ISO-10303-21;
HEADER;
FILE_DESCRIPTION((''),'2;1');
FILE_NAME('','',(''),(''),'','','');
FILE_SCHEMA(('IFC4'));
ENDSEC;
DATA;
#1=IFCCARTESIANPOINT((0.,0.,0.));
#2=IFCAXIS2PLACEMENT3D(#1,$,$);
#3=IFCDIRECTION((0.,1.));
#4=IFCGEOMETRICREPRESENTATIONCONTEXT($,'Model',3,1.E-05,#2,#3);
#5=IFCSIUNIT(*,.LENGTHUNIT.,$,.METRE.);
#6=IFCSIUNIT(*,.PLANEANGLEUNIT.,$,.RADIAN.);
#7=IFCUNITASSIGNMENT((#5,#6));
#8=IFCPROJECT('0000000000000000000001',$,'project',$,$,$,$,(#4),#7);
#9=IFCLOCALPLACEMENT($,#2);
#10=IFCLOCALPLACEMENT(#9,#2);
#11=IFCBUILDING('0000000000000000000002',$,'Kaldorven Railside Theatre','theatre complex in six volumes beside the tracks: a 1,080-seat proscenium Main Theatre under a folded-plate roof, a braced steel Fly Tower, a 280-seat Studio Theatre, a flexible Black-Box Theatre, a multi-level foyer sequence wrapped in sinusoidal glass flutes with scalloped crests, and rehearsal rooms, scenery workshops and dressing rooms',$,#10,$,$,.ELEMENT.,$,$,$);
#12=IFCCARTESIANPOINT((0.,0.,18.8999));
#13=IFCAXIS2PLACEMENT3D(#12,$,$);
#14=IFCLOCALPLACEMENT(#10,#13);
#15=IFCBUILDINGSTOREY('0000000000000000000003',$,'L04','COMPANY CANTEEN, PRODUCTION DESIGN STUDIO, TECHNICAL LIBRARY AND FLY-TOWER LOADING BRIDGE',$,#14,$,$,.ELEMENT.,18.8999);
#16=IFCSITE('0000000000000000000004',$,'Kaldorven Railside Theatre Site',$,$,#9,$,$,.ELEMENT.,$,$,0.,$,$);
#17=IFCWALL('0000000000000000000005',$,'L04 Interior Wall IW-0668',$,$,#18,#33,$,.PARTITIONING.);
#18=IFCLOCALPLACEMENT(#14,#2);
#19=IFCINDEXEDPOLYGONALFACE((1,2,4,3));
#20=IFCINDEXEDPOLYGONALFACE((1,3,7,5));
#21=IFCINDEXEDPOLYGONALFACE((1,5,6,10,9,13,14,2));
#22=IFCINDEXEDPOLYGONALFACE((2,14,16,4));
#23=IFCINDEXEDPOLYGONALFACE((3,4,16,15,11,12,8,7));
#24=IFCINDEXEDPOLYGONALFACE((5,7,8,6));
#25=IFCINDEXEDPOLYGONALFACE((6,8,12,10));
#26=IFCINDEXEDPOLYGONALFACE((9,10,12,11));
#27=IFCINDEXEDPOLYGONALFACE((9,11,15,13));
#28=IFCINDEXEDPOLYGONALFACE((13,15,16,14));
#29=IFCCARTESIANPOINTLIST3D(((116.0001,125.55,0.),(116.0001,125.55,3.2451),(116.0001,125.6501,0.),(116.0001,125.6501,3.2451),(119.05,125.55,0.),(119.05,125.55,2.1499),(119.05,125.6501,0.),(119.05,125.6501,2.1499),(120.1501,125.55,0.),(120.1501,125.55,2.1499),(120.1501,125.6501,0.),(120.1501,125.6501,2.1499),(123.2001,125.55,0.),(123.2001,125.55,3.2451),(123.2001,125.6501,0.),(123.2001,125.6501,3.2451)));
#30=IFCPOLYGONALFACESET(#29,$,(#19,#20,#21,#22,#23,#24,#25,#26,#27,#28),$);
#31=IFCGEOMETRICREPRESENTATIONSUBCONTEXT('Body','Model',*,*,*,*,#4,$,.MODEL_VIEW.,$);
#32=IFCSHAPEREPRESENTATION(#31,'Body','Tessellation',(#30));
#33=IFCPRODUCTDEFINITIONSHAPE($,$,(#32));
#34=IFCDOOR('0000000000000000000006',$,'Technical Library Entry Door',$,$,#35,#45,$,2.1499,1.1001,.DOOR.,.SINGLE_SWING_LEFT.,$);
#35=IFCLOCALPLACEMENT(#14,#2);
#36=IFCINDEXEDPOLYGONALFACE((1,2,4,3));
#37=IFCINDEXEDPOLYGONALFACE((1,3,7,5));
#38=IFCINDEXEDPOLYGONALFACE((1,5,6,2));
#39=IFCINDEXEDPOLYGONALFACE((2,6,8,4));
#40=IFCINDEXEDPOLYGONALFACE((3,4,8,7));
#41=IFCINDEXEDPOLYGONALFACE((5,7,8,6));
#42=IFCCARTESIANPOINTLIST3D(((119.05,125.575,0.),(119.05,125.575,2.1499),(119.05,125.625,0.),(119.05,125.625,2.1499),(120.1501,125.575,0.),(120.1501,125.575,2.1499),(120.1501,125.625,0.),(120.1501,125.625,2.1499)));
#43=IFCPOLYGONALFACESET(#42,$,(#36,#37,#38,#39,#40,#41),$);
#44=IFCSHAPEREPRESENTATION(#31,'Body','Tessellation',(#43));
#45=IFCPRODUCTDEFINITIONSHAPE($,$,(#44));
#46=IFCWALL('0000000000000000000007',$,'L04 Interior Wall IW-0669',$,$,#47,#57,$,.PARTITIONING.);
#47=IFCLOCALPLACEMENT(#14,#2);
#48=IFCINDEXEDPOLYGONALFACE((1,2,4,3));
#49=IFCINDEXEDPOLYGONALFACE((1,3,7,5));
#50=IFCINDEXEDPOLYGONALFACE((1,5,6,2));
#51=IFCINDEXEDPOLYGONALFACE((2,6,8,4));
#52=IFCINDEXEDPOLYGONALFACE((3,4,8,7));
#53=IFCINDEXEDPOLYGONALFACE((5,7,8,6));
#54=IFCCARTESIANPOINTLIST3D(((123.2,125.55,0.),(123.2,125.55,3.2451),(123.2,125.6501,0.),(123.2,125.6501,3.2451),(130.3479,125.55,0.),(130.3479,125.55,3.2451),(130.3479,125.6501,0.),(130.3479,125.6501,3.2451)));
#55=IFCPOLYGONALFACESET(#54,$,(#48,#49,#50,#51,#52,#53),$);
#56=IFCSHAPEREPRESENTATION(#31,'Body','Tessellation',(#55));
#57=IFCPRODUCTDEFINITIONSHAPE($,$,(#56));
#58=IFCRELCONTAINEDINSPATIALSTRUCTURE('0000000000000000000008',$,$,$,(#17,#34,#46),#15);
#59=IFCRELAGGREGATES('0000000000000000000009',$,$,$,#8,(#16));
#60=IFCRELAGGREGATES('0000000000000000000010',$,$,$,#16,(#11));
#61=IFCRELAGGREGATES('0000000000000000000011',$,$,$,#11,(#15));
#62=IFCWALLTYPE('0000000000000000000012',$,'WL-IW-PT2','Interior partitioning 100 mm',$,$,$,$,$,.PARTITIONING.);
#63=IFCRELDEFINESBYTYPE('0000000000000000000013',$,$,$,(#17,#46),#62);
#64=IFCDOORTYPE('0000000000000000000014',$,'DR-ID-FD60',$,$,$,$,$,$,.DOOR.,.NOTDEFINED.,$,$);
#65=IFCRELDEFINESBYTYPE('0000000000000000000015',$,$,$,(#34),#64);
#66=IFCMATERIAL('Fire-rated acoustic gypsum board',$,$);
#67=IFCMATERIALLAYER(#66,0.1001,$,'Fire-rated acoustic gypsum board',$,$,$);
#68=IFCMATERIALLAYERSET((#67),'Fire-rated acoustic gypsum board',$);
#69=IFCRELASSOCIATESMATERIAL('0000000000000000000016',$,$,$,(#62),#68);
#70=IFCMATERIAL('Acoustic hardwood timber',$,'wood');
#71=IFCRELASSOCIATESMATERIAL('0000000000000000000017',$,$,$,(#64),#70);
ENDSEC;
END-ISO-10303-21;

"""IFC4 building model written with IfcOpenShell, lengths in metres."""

from ifc_helpers import new_model, si_unit, direction, frame, frame_2d, origin, place, context, subcontext, project, spatial, rectangle, extrude, material, layer, layer_set, type_object, element, fill, save


model = new_model("IFC4")

# Units and contexts
model_context = context("Model", 3, precision=1e-05, world=origin(), true_north=direction((0.0, 1.0)))
body_context = subcontext(model_context, "Body", "Model", "MODEL_VIEW")
ifc_project = project(units=[si_unit("LENGTHUNIT", "METRE"), si_unit("PLANEANGLEUNIT", "RADIAN")], contexts=[model_context])

# Site, building, storey
site_placement = place(None, origin())
site = spatial("IfcSite", under=ifc_project, at=site_placement, Name="Kaldorven Railside Theatre Site", CompositionType="ELEMENT", RefElevation=0.0)
building_placement = place(site_placement, origin())
building = spatial("IfcBuilding", under=site, at=building_placement, Name="Kaldorven Railside Theatre", Description="theatre complex in six volumes beside the tracks: a 1,080-seat proscenium Main Theatre under a folded-plate roof, a braced steel Fly Tower, a 280-seat Studio Theatre, a flexible Black-Box Theatre, a multi-level foyer sequence wrapped in sinusoidal glass flutes with scalloped crests, and rehearsal rooms, scenery workshops and dressing rooms", CompositionType="ELEMENT")
storey_placement = place(building_placement, frame((0.0, 0.0, 18.8999)))
storey = spatial("IfcBuildingStorey", under=building, at=storey_placement, Name="L04", Description="COMPANY CANTEEN, PRODUCTION DESIGN STUDIO, TECHNICAL LIBRARY AND FLY-TOWER LOADING BRIDGE", CompositionType="ELEMENT", Elevation=18.8999)

# Shared definitions
ifc_material_1 = material(Name="Fire-rated acoustic gypsum board")
ifc_layer_1 = layer(ifc_material_1, 0.1001, Name="Fire-rated acoustic gypsum board")
ifc_layer_set_1 = layer_set([ifc_layer_1], Name="Fire-rated acoustic gypsum board")
wall_type_1 = type_object("IfcWallType", Name="WL-IW-PT2", Description="Interior partitioning 100 mm", PredefinedType="PARTITIONING", material=ifc_layer_set_1)

# Wall, opening, door
wall_1_placement = place(storey_placement, frame((116.0, 125.6001, 0.0), z_axis=(0.0, 0.0, 1.0), x_axis=(1.0, 0.0, 0.0)))
wall_1 = element("IfcWall", 1, at=wall_1_placement, inside=storey, type_object=wall_type_1, Name="L04 Interior Wall IW-0668", PredefinedType="PARTITIONING", context=body_context, shape_type="SweptSolid", body=[
    extrude(rectangle(XDim=7.2, YDim=0.1001, at=frame_2d((3.6001, 0.0))), origin(), (0.0, 0.0, 1.0), 3.2451),
])
opening_1_placement = place(wall_1_placement, frame((3.05, 0.0, 0.0)))
opening_1 = element("IfcOpeningElement", 2, at=opening_1_placement, cuts=wall_1, PredefinedType="OPENING", context=body_context, shape_type="SweptSolid", body=[
    extrude(rectangle(XDim=1.1001, YDim=2.1499, at=frame_2d((0.55, 1.075))), frame((0.0, 0.0601, 0.0), z_axis=(0.0, -1.0, 0.0), x_axis=(1.0, 0.0, 0.0)), (0.0, 0.0, 1.0), 0.1201),
])
ifc_material_2 = material(Name="Acoustic hardwood timber", Category="wood")
door_type = type_object("IfcDoorType", Name="DR-ID-FD60", OperationType="NOTDEFINED", PredefinedType="DOOR", material=ifc_material_2)
door_placement = place(opening_1_placement, origin())
door = element("IfcDoor", 3, at=door_placement, inside=storey, type_object=door_type, Name="Technical Library Entry Door", OperationType="SINGLE_SWING_LEFT", OverallHeight=2.1499, OverallWidth=1.1001, PredefinedType="DOOR", context=body_context, shape_type="SweptSolid", body=[
    extrude(rectangle(XDim=1.1001, YDim=2.1499, at=frame_2d((0.55, 1.075))), frame((0.0, 0.0249, 0.0), z_axis=(0.0, -1.0, 0.0), x_axis=(1.0, 0.0, 0.0)), (0.0, 0.0, 1.0), 0.05),
])
fill(opening_1, door)

# Wall
wall_2_placement = place(storey_placement, frame((123.2, 125.6001, 0.0), z_axis=(0.0, 0.0, 1.0), x_axis=(1.0, 0.0, 0.0)))
element("IfcWall", 4, at=wall_2_placement, inside=storey, type_object=wall_type_1, Name="L04 Interior Wall IW-0669", PredefinedType="PARTITIONING", context=body_context, shape_type="SweptSolid", body=[
    extrude(rectangle(XDim=7.1479, YDim=0.1001, at=frame_2d((3.574, 0.0))), origin(), (0.0, 0.0, 1.0), 3.2451),
])

save(model, "model.ifc")
